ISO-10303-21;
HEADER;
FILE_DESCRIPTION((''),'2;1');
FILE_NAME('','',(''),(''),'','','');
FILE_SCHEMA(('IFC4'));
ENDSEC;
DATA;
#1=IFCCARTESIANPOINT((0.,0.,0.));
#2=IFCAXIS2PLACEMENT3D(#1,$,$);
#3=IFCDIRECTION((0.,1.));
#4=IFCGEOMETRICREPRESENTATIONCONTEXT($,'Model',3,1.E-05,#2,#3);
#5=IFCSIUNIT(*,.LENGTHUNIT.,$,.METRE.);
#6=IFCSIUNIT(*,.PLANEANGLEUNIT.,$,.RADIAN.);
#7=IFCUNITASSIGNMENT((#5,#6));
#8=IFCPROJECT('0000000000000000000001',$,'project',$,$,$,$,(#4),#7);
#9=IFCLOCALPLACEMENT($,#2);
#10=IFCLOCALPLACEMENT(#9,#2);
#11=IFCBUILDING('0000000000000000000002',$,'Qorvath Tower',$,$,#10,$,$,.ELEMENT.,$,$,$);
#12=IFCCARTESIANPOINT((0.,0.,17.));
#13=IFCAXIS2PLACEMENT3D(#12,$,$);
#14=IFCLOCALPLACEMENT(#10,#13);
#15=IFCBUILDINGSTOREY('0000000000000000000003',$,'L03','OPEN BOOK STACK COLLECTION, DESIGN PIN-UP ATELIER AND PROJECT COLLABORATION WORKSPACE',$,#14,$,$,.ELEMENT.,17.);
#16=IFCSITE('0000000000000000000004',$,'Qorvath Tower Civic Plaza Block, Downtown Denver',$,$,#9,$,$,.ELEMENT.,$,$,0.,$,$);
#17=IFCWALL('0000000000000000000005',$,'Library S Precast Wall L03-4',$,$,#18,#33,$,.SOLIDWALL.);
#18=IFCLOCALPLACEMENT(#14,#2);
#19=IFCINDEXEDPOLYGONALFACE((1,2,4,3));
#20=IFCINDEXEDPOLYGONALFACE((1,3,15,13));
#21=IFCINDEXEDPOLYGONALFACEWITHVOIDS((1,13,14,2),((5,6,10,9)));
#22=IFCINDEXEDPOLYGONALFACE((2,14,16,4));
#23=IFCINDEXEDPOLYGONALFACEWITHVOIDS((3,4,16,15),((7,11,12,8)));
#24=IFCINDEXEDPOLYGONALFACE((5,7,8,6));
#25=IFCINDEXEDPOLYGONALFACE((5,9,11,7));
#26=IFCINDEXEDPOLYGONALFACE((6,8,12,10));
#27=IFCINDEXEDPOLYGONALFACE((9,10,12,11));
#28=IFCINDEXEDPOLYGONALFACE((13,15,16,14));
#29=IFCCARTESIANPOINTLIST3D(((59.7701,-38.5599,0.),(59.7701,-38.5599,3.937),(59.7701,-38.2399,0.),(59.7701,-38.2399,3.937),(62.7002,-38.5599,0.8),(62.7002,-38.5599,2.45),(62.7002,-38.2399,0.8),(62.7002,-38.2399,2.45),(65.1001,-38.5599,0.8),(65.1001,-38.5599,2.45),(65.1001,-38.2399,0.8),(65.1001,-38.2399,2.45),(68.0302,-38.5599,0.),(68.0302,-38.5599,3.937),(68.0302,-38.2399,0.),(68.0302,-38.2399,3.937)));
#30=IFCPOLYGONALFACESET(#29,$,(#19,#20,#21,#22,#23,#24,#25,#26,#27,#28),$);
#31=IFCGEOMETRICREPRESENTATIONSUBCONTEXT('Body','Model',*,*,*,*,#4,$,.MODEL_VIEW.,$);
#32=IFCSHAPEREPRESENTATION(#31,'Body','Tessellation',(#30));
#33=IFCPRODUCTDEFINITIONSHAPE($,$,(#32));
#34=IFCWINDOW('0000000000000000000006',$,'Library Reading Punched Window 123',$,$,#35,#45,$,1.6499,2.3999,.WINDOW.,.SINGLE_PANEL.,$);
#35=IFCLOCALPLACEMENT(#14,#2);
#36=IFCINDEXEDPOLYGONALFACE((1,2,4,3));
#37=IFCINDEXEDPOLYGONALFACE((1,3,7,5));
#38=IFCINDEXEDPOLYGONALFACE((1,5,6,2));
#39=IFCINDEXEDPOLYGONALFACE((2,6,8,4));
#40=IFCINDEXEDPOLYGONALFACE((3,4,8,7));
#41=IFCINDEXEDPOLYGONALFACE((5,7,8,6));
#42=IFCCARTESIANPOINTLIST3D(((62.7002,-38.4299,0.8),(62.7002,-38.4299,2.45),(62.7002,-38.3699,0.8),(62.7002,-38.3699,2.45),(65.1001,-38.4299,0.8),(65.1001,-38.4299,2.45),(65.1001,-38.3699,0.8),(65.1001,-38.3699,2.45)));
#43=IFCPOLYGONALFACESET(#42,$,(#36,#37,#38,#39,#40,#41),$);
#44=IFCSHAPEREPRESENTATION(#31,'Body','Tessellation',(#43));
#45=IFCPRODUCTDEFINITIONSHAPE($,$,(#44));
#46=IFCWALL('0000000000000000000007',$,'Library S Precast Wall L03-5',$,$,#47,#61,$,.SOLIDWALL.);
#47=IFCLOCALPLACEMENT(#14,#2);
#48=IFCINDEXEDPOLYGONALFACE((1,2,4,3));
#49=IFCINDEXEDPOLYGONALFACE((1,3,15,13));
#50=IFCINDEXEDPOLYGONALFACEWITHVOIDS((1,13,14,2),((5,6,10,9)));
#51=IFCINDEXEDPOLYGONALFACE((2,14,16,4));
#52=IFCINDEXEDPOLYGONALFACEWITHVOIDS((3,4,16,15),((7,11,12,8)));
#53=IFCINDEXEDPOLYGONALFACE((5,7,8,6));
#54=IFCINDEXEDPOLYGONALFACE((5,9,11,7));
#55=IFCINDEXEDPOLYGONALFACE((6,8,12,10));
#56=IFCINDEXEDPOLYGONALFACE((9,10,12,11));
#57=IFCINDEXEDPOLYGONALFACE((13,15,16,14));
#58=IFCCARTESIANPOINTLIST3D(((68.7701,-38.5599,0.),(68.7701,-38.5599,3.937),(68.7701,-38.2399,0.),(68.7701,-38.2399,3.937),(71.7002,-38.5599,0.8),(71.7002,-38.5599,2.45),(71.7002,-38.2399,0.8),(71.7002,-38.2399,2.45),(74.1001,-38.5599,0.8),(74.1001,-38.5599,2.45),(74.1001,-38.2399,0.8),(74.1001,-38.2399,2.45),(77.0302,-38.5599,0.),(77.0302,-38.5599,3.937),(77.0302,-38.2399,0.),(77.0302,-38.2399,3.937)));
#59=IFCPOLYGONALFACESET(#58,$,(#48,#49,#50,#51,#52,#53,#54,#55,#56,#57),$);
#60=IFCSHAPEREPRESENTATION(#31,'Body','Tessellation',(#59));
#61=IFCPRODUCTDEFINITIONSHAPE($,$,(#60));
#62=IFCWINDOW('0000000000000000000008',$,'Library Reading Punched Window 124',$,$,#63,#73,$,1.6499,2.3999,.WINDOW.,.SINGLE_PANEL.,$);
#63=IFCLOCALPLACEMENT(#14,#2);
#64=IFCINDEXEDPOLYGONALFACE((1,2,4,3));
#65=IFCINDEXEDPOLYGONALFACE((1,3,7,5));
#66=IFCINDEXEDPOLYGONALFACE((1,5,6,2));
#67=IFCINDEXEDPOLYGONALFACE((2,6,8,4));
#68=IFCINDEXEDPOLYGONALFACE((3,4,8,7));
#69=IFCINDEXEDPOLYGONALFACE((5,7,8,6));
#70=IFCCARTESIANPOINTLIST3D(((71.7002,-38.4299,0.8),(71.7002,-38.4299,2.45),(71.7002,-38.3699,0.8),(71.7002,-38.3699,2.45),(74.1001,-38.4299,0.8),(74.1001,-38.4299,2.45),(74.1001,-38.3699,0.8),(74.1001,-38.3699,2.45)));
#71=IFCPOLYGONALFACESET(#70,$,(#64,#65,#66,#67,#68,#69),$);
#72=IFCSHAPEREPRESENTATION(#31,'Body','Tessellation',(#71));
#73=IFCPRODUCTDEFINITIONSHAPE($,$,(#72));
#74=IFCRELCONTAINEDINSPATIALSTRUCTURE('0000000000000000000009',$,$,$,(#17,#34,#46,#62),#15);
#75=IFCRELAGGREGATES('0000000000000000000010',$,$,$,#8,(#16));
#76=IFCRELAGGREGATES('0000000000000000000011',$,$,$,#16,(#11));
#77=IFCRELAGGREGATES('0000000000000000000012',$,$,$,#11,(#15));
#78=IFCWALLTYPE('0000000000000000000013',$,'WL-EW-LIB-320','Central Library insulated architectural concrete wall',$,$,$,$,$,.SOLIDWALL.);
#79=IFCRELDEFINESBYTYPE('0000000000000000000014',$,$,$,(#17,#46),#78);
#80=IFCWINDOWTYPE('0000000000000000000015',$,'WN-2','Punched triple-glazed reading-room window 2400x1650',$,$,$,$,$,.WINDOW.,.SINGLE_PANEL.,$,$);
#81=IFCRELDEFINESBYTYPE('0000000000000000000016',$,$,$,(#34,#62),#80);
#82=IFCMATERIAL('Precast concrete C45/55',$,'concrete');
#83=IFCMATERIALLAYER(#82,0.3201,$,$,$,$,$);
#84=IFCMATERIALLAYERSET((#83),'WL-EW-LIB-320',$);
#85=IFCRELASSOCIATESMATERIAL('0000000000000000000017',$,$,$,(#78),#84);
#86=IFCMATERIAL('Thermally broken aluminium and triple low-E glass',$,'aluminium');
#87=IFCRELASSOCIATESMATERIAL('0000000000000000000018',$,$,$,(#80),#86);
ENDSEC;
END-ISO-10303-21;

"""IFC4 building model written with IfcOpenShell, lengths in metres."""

from ifc_helpers import new_model, si_unit, direction, frame, frame_2d, origin, place, context, subcontext, project, spatial, rectangle, extrude, material, layer, layer_set, type_object, element, fill, save


model = new_model("IFC4")

# Units and contexts
model_context = context("Model", 3, precision=1e-05, world=origin(), true_north=direction((0.0, 1.0)))
body_context = subcontext(model_context, "Body", "Model", "MODEL_VIEW")
ifc_project = project(units=[si_unit("LENGTHUNIT", "METRE"), si_unit("PLANEANGLEUNIT", "RADIAN")], contexts=[model_context])

# Site, building, storey
site_placement = place(None, origin())
site = spatial("IfcSite", under=ifc_project, at=site_placement, Name="Qorvath Tower Civic Plaza Block, Downtown Denver", CompositionType="ELEMENT", RefElevation=0.0)
building_placement = place(site_placement, origin())
building = spatial("IfcBuilding", under=site, at=building_placement, Name="Qorvath Tower", CompositionType="ELEMENT")
storey_placement = place(building_placement, frame((0.0, 0.0, 17.0)))
storey = spatial("IfcBuildingStorey", under=building, at=storey_placement, Name="L03", Description="OPEN BOOK STACK COLLECTION, DESIGN PIN-UP ATELIER AND PROJECT COLLABORATION WORKSPACE", CompositionType="ELEMENT", Elevation=17.0)

# Walls, openings, windows
ifc_material_1 = material(Name="Precast concrete C45/55", Category="concrete")
ifc_layer = layer(ifc_material_1, 0.3201)
ifc_layer_set = layer_set([ifc_layer], Name="WL-EW-LIB-320")
wall_type = type_object("IfcWallType", Name="WL-EW-LIB-320", Description="Central Library insulated architectural concrete wall", PredefinedType="SOLIDWALL", material=ifc_layer_set)
ifc_material_2 = material(Name="Thermally broken aluminium and triple low-E glass", Category="aluminium")
window_type = type_object("IfcWindowType", Name="WN-2", Description="Punched triple-glazed reading-room window 2400x1650", PartitioningType="SINGLE_PANEL", PredefinedType="WINDOW", material=ifc_material_2)
wall_1_placement = place(storey_placement, frame((68.03, -38.3999, 0.0), z_axis=(0.0, 0.0, 1.0), x_axis=(-1.0, 0.0, 0.0)))
wall_1 = element("IfcWall", 1, at=wall_1_placement, inside=storey, type_object=wall_type, Name="Library S Precast Wall L03-4", PredefinedType="SOLIDWALL", context=body_context, shape_type="SweptSolid", body=[
    extrude(rectangle(XDim=8.26, YDim=0.3201, at=frame_2d((4.1299, 0.0))), origin(), (0.0, 0.0, 1.0), 3.937),
])
opening_1_placement = place(wall_1_placement, frame((2.9299, 0.0, 0.8)))
opening_1 = element("IfcOpeningElement", 2, at=opening_1_placement, cuts=wall_1, PredefinedType="OPENING", context=body_context, shape_type="SweptSolid", body=[
    extrude(rectangle(XDim=2.3999, YDim=1.6499, at=frame_2d((1.2, 0.825))), frame((0.0, 0.1699, 0.0), z_axis=(0.0, -1.0, 0.0), x_axis=(1.0, 0.0, 0.0)), (0.0, 0.0, 1.0), 0.3401),
])
window_1_placement = place(opening_1_placement, origin())
window_1 = element("IfcWindow", 3, at=window_1_placement, inside=storey, type_object=window_type, Name="Library Reading Punched Window 123", OverallHeight=1.6499, OverallWidth=2.3999, PartitioningType="SINGLE_PANEL", PredefinedType="WINDOW", context=body_context, shape_type="SweptSolid", body=[
    extrude(rectangle(XDim=2.3999, YDim=1.6499, at=frame_2d((1.2, 0.825))), frame((0.0, 0.03, 0.0), z_axis=(0.0, -1.0, 0.0), x_axis=(1.0, 0.0, 0.0)), (0.0, 0.0, 1.0), 0.0601),
])
fill(opening_1, window_1)
wall_2_placement = place(storey_placement, frame((77.03, -38.3999, 0.0), z_axis=(0.0, 0.0, 1.0), x_axis=(-1.0, 0.0, 0.0)))
wall_2 = element("IfcWall", 4, at=wall_2_placement, inside=storey, type_object=wall_type, Name="Library S Precast Wall L03-5", PredefinedType="SOLIDWALL", context=body_context, shape_type="SweptSolid", body=[
    extrude(rectangle(XDim=8.26, YDim=0.3201, at=frame_2d((4.1299, 0.0))), origin(), (0.0, 0.0, 1.0), 3.937),
])
opening_2_placement = place(wall_2_placement, frame((2.9299, 0.0, 0.8)))
opening_2 = element("IfcOpeningElement", 5, at=opening_2_placement, cuts=wall_2, PredefinedType="OPENING", context=body_context, shape_type="SweptSolid", body=[
    extrude(rectangle(XDim=2.3999, YDim=1.6499, at=frame_2d((1.2, 0.825))), frame((0.0, 0.1699, 0.0), z_axis=(0.0, -1.0, 0.0), x_axis=(1.0, 0.0, 0.0)), (0.0, 0.0, 1.0), 0.3401),
])
window_2_placement = place(opening_2_placement, origin())
window_2 = element("IfcWindow", 6, at=window_2_placement, inside=storey, type_object=window_type, Name="Library Reading Punched Window 124", OverallHeight=1.6499, OverallWidth=2.3999, PartitioningType="SINGLE_PANEL", PredefinedType="WINDOW", context=body_context, shape_type="SweptSolid", body=[
    extrude(rectangle(XDim=2.3999, YDim=1.6499, at=frame_2d((1.2, 0.825))), frame((0.0, 0.03, 0.0), z_axis=(0.0, -1.0, 0.0), x_axis=(1.0, 0.0, 0.0)), (0.0, 0.0, 1.0), 0.0601),
])
fill(opening_2, window_2)

save(model, "model.ifc")
